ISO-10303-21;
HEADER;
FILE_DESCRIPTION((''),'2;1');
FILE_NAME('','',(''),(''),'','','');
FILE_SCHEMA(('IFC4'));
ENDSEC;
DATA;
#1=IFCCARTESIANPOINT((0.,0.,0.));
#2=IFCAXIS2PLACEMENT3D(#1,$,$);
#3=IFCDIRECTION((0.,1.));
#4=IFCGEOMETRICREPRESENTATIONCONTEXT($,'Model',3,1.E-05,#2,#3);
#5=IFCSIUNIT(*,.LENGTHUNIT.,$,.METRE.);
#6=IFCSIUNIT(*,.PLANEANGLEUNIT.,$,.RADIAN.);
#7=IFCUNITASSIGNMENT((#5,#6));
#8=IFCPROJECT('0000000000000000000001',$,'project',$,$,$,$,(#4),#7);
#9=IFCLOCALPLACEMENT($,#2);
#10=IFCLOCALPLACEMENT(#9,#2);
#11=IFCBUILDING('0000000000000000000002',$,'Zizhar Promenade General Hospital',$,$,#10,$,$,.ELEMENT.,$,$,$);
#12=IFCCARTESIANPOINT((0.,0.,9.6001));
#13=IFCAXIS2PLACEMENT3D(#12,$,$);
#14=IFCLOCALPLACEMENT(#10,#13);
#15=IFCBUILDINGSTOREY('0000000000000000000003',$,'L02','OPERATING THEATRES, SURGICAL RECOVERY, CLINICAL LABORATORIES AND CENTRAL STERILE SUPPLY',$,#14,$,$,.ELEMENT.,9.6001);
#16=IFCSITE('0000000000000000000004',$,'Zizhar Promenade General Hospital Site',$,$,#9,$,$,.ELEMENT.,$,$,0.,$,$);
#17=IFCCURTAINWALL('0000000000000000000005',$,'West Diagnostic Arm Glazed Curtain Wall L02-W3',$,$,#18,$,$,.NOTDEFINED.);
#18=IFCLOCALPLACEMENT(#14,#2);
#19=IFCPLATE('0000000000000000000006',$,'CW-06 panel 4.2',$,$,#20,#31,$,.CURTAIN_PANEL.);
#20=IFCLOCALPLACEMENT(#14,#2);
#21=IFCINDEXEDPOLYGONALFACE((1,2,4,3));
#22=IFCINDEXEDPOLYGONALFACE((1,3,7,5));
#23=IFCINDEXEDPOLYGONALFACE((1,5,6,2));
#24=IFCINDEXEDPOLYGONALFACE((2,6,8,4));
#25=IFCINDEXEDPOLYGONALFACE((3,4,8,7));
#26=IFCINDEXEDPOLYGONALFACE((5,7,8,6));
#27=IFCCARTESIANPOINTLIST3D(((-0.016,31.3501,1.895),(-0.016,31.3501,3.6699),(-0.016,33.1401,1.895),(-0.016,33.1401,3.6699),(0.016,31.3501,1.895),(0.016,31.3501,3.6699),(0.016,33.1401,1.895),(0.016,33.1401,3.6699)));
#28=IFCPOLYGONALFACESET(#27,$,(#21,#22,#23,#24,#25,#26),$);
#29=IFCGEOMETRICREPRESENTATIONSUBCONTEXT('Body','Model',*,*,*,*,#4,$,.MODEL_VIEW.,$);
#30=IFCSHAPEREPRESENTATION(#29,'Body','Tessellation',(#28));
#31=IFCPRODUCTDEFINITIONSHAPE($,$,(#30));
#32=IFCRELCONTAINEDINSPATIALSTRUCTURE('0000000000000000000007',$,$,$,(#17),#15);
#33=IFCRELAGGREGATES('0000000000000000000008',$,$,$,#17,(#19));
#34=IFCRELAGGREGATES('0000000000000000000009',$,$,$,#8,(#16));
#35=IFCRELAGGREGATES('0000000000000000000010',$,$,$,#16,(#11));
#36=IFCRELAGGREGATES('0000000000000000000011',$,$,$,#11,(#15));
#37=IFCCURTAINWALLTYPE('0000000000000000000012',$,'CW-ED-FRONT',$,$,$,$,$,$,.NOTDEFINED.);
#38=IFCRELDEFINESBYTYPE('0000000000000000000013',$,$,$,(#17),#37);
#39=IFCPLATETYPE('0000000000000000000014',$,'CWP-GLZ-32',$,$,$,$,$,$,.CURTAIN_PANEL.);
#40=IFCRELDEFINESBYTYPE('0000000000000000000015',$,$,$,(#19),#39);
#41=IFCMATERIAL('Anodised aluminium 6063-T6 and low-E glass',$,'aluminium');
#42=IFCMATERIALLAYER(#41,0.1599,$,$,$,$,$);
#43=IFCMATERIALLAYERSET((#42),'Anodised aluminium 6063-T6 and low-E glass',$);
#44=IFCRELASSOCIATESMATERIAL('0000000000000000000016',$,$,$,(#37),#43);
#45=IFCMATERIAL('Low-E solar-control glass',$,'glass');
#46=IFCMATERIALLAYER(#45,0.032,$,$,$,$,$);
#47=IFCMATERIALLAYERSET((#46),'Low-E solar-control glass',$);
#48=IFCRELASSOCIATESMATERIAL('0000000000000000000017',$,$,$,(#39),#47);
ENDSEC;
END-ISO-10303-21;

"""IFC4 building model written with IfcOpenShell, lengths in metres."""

from ifc_helpers import new_model, si_unit, direction, frame, origin, origin_2d, place, context, subcontext, project, spatial, rectangle, extrude, material, layer, layer_set, type_object, element, aggregate, save


model = new_model("IFC4")

# Units and contexts
model_context = context("Model", 3, precision=1e-05, world=origin(), true_north=direction((0.0, 1.0)))
body_context = subcontext(model_context, "Body", "Model", "MODEL_VIEW")
ifc_project = project(units=[si_unit("LENGTHUNIT", "METRE"), si_unit("PLANEANGLEUNIT", "RADIAN")], contexts=[model_context])

# Site, building, storey
site_placement = place(None, origin())
site = spatial("IfcSite", under=ifc_project, at=site_placement, Name="Zizhar Promenade General Hospital Site", CompositionType="ELEMENT", RefElevation=0.0)
building_placement = place(site_placement, origin())
building = spatial("IfcBuilding", under=site, at=building_placement, Name="Zizhar Promenade General Hospital", CompositionType="ELEMENT")
storey_placement = place(building_placement, frame((0.0, 0.0, 9.6001)))
storey = spatial("IfcBuildingStorey", under=building, at=storey_placement, Name="L02", Description="OPERATING THEATRES, SURGICAL RECOVERY, CLINICAL LABORATORIES AND CENTRAL STERILE SUPPLY", CompositionType="ELEMENT", Elevation=9.6001)

# Curtain wall, plate
ifc_material_1 = material(Name="Anodised aluminium 6063-T6 and low-E glass", Category="aluminium")
ifc_layer_1 = layer(ifc_material_1, 0.1599)
ifc_layer_set_1 = layer_set([ifc_layer_1], Name="Anodised aluminium 6063-T6 and low-E glass")
curtain_wall_type = type_object("IfcCurtainWallType", Name="CW-ED-FRONT", PredefinedType="NOTDEFINED", material=ifc_layer_set_1)
curtain_wall_placement = place(storey_placement, origin())
curtain_wall = element("IfcCurtainWall", 1, at=curtain_wall_placement, inside=storey, type_object=curtain_wall_type, Name="West Diagnostic Arm Glazed Curtain Wall L02-W3", PredefinedType="NOTDEFINED")
ifc_material_2 = material(Name="Low-E solar-control glass", Category="glass")
ifc_layer_2 = layer(ifc_material_2, 0.032)
ifc_layer_set_2 = layer_set([ifc_layer_2], Name="Low-E solar-control glass")
plate_type = type_object("IfcPlateType", Name="CWP-GLZ-32", PredefinedType="CURTAIN_PANEL", material=ifc_layer_set_2)
plate_1_placement = place(storey_placement, frame((0.0, 32.2451, 1.895), z_axis=(0.0, 0.0, 1.0), x_axis=(0.0, 1.0, 0.0)))
plate_1 = element("IfcPlate", 2, at=plate_1_placement, type_object=plate_type, Name="CW-06 panel 4.2", PredefinedType="CURTAIN_PANEL", context=body_context, shape_type="SweptSolid", body=[
    extrude(rectangle(XDim=1.79, YDim=0.032, at=origin_2d()), origin(), (0.0, 0.0, 1.0), 1.7749),
])
aggregate(curtain_wall, [plate_1])

save(model, "model.ifc")
